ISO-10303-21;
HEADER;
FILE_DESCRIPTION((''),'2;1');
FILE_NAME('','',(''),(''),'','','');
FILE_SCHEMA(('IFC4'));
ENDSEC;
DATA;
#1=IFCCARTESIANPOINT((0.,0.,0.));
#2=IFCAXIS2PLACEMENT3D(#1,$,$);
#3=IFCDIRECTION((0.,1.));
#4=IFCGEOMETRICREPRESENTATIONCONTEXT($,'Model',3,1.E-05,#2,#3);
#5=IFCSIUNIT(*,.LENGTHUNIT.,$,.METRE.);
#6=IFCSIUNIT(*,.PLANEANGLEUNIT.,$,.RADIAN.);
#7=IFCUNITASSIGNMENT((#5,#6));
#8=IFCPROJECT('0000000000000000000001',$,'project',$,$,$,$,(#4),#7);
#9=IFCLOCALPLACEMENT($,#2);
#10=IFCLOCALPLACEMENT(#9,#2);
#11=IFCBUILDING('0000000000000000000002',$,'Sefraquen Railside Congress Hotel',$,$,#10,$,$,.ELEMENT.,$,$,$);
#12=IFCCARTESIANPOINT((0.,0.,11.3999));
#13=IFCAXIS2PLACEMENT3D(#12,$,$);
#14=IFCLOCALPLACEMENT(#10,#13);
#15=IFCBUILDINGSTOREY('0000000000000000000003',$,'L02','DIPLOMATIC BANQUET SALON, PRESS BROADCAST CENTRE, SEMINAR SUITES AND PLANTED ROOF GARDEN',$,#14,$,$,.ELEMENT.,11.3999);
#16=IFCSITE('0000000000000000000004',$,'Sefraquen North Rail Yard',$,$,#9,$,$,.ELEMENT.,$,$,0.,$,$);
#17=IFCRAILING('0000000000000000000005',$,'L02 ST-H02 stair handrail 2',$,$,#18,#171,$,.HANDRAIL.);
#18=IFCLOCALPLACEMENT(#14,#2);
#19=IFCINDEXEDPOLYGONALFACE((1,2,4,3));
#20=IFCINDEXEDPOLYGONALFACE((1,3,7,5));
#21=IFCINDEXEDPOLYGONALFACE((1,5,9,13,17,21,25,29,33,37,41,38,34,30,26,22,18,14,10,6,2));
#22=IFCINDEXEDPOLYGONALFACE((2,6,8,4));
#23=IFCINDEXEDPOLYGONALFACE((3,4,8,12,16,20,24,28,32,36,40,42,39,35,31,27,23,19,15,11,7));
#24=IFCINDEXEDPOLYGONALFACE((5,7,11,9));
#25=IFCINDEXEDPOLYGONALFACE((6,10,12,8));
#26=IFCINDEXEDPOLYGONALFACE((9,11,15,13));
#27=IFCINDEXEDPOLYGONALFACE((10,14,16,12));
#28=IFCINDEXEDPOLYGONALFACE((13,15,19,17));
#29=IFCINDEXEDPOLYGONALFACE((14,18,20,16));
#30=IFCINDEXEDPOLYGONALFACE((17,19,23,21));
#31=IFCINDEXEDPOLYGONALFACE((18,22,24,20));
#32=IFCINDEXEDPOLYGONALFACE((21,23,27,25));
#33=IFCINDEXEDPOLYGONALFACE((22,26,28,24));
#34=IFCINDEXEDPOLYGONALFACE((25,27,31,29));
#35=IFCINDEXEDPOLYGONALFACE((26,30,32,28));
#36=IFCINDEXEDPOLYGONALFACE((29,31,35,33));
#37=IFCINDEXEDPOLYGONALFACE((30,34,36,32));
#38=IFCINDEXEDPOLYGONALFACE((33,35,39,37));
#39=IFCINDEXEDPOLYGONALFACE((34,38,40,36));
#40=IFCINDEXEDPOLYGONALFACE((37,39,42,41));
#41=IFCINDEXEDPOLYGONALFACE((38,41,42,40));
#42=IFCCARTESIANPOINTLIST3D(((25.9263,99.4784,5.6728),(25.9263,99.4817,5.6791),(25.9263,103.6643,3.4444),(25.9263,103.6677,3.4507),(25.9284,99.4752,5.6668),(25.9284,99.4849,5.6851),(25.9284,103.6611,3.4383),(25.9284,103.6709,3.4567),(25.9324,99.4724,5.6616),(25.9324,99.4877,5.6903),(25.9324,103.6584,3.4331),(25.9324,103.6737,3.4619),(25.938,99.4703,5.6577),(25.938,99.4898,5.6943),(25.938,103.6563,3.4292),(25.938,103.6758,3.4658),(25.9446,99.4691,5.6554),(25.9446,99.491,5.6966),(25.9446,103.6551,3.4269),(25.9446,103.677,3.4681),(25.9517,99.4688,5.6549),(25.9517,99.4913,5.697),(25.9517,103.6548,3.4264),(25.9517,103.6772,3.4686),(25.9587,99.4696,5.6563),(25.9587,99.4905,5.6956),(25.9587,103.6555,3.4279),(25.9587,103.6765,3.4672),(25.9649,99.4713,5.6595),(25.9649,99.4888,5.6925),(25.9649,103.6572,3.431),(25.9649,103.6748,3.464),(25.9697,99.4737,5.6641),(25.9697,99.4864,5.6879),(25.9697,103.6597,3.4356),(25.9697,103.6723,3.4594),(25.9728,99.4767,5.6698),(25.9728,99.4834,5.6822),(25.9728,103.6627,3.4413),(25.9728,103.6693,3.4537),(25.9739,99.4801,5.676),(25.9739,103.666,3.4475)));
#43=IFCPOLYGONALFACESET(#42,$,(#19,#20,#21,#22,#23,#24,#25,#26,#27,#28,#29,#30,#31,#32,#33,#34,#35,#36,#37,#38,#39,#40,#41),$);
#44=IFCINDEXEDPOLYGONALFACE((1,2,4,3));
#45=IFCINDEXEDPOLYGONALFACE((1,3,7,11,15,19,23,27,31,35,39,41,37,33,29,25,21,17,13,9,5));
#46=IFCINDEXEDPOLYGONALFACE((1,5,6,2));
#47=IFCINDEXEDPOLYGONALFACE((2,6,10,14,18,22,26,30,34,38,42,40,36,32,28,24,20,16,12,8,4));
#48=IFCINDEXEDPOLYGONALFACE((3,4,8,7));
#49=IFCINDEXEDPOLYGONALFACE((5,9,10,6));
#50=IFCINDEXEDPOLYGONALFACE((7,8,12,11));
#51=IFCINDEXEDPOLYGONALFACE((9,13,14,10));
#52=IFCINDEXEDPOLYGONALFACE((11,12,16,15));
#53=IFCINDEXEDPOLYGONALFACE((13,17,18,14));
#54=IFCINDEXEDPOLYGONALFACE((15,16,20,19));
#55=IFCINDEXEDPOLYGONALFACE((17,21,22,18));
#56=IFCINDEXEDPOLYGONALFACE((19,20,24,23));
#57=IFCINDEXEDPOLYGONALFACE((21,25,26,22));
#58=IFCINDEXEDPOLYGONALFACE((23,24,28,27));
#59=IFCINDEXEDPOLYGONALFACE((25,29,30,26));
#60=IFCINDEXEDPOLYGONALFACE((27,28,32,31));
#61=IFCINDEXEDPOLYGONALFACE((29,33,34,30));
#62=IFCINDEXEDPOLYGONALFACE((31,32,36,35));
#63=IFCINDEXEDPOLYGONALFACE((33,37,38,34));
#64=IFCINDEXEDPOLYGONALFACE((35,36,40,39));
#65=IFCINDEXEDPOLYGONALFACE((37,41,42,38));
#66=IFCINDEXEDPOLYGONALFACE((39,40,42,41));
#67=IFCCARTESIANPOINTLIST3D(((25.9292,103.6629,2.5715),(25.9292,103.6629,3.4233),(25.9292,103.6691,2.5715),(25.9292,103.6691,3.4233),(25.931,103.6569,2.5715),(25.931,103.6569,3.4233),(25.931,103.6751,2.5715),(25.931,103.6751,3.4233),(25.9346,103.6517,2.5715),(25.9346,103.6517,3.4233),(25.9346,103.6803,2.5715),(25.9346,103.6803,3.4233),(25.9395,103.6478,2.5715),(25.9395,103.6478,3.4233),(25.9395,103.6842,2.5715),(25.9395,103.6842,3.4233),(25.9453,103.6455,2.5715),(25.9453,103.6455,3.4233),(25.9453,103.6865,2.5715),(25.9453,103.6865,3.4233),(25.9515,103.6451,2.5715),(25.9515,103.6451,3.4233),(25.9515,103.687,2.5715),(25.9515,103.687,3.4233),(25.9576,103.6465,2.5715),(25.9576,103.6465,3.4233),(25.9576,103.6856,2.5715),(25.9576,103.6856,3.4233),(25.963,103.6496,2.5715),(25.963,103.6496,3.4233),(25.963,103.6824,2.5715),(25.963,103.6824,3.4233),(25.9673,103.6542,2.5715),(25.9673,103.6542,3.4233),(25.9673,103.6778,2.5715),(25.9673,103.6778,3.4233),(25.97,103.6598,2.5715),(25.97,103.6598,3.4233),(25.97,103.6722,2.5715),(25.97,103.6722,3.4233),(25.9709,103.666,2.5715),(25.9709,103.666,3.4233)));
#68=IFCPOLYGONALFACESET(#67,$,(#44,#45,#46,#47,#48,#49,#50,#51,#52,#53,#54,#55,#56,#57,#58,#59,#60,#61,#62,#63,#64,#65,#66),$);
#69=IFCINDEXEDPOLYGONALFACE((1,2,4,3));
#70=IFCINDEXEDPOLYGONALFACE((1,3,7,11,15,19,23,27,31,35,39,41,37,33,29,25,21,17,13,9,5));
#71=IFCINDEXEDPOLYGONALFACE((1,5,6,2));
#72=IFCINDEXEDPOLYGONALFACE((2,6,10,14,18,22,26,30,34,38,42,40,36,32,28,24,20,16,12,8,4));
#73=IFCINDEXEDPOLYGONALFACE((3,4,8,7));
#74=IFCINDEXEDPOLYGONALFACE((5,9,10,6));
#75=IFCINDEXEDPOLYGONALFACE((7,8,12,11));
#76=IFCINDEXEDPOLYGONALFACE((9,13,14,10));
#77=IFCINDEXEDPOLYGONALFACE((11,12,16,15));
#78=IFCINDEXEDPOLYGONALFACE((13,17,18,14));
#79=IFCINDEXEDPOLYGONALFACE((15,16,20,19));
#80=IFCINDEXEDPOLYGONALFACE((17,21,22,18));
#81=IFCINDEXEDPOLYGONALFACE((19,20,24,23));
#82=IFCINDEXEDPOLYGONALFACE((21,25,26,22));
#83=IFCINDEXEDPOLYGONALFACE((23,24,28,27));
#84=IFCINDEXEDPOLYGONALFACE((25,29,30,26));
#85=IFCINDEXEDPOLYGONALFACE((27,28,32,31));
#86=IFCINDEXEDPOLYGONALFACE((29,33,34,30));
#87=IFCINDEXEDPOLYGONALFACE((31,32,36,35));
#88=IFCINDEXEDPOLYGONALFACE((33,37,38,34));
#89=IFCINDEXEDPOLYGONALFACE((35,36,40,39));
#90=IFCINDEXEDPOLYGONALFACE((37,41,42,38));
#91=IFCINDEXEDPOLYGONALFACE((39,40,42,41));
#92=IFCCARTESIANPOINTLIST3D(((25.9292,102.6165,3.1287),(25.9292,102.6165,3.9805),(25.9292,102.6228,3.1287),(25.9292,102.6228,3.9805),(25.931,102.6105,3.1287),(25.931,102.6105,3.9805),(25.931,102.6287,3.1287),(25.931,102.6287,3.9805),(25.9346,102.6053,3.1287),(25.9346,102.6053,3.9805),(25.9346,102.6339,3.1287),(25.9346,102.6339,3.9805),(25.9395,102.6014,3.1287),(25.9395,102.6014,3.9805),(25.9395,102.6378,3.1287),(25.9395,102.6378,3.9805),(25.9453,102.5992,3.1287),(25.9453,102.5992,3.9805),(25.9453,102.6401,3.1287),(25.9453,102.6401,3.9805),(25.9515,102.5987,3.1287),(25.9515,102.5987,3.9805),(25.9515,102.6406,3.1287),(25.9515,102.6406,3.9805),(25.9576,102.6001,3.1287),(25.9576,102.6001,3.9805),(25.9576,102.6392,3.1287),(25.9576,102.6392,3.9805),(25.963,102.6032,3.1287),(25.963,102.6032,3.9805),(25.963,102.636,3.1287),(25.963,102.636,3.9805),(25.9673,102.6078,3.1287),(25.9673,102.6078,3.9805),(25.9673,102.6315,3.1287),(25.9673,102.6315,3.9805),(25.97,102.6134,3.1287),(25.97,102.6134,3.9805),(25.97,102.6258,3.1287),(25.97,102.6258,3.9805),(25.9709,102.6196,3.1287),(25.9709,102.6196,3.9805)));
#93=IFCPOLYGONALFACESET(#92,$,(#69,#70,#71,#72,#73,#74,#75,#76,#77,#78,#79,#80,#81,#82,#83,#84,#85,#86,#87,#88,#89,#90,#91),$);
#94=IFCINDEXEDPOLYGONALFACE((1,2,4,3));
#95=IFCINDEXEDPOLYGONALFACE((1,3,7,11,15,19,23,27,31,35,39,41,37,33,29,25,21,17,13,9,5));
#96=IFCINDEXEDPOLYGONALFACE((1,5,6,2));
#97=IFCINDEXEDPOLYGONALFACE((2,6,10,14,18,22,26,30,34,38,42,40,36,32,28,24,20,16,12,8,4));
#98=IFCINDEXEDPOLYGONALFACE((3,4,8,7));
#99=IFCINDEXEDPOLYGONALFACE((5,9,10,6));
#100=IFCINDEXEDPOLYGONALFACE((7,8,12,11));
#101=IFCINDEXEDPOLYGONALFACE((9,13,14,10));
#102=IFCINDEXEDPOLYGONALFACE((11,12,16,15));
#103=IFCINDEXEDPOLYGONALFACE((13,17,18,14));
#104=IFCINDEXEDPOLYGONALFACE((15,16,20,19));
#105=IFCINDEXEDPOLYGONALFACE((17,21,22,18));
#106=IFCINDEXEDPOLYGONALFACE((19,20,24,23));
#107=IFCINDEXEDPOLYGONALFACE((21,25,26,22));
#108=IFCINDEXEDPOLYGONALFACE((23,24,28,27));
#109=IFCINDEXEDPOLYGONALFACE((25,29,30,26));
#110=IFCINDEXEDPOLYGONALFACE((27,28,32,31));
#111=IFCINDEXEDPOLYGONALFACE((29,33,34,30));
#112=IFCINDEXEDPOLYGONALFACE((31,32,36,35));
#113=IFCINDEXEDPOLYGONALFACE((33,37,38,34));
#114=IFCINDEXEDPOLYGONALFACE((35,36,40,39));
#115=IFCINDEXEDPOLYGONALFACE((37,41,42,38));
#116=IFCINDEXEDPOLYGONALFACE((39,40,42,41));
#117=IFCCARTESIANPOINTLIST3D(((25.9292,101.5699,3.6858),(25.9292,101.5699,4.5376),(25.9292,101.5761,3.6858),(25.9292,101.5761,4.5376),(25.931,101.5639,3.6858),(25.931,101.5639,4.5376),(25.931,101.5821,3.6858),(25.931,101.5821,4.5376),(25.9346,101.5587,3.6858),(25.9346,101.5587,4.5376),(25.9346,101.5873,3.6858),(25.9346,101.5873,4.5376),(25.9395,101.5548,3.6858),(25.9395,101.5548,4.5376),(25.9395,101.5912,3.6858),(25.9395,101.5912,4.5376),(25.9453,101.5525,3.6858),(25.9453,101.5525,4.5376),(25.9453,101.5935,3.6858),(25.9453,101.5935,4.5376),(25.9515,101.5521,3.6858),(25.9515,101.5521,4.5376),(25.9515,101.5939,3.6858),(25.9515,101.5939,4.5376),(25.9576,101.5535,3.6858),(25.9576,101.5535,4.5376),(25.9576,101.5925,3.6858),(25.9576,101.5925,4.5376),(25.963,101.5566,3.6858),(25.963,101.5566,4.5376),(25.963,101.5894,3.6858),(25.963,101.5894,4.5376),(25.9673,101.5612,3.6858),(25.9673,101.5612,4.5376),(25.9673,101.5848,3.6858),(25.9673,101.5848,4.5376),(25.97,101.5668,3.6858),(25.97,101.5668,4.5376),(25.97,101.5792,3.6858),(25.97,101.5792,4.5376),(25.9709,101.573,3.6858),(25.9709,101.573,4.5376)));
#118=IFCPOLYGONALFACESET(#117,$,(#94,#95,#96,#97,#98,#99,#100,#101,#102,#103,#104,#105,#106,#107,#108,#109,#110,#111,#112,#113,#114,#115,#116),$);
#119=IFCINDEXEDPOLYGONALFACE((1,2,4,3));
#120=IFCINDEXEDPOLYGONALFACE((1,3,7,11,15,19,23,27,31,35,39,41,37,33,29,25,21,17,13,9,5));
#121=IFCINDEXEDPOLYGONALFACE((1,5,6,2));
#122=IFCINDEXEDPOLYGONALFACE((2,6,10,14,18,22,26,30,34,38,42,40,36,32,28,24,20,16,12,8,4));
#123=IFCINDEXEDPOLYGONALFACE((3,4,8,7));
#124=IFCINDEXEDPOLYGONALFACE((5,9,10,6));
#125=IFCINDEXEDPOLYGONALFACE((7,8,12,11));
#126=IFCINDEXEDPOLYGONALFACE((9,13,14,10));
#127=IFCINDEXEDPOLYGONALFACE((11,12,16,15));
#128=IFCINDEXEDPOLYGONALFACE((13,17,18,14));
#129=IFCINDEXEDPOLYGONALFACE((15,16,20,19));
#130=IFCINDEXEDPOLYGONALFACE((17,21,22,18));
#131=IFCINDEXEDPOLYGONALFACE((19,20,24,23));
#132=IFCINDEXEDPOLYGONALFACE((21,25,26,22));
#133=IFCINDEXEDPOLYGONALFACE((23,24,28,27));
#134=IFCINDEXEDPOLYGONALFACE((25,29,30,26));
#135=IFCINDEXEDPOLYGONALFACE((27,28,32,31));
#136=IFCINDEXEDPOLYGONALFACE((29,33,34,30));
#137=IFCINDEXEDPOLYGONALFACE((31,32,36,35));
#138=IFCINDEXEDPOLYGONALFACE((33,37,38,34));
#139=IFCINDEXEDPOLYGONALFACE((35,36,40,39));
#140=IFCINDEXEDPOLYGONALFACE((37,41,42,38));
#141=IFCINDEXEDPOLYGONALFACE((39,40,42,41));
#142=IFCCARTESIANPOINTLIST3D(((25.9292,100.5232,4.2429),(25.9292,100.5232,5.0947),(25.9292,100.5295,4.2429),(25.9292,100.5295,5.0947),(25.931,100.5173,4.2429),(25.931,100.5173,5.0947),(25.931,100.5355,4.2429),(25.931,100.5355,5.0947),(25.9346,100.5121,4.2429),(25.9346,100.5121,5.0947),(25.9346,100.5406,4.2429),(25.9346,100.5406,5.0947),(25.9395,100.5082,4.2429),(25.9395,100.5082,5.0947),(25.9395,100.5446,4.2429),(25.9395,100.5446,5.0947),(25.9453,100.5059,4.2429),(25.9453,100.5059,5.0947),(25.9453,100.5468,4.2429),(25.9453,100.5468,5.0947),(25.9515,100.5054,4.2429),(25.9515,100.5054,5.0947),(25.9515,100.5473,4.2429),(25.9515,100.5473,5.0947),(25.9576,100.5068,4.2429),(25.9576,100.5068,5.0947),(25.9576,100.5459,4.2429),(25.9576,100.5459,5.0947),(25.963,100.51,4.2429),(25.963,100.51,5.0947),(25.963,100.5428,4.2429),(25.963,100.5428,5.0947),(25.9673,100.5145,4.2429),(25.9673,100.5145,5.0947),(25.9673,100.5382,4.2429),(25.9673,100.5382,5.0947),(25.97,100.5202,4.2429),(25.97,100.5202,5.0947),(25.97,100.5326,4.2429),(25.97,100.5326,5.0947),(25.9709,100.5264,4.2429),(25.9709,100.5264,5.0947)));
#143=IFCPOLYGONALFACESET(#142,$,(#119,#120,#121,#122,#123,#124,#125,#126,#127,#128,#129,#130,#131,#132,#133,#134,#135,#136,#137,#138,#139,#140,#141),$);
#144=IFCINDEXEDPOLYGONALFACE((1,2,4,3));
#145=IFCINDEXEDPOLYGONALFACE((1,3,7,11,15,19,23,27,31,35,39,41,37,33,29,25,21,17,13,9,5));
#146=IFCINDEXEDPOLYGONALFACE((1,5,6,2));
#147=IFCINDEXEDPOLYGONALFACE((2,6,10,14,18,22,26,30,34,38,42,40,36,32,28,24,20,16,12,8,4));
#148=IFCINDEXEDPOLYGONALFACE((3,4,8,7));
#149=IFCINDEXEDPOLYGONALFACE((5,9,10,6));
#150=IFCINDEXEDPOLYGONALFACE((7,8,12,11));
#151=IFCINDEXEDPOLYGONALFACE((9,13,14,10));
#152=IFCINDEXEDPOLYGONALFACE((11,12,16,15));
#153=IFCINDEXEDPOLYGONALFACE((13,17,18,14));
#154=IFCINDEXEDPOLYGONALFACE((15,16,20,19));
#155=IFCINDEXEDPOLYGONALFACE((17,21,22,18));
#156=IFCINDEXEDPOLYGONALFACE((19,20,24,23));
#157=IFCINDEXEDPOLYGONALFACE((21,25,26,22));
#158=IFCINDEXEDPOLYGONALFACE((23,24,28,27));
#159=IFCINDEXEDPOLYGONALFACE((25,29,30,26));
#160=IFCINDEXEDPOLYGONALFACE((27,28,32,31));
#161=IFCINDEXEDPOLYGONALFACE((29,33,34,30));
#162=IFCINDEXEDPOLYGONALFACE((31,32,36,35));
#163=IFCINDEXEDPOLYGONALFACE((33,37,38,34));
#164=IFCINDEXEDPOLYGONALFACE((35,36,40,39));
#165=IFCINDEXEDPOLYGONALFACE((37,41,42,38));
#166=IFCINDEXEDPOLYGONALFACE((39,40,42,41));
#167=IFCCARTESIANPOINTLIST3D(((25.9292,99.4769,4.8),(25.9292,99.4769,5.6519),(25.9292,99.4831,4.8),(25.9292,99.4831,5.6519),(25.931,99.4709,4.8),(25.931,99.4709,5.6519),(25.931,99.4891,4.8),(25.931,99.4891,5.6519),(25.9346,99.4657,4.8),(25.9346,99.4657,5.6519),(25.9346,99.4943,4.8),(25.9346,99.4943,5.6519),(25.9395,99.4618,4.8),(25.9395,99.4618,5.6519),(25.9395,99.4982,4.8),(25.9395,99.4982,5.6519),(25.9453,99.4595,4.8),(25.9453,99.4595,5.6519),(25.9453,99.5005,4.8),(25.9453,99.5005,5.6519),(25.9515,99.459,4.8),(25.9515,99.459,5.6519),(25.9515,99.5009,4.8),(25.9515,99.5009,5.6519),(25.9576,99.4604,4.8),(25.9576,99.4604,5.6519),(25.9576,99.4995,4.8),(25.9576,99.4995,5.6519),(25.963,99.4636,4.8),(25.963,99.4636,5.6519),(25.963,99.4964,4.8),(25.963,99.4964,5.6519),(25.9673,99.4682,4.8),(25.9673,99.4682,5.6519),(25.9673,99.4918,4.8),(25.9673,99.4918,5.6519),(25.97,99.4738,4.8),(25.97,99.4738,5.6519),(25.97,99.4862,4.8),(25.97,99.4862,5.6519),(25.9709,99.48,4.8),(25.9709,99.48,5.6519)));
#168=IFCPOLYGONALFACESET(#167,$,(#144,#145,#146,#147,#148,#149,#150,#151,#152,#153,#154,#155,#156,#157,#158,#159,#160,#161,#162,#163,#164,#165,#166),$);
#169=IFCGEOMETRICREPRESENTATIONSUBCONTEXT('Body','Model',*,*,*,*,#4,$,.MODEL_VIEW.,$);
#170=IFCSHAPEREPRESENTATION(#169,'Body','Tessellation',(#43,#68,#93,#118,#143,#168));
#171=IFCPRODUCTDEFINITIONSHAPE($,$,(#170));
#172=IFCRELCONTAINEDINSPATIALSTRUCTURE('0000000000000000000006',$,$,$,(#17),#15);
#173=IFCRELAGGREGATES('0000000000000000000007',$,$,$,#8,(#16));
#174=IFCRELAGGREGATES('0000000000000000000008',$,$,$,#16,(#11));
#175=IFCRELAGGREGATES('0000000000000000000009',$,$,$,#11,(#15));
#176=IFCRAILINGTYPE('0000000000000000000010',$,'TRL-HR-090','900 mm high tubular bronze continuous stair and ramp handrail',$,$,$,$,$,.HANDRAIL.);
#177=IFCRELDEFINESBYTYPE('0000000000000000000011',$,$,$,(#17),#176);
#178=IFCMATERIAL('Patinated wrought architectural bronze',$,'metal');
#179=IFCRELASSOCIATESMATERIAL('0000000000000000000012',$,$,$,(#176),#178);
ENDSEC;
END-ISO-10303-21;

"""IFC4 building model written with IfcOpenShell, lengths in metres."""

from ifc_helpers import new_model, si_unit, direction, frame, origin, origin_2d, place, context, subcontext, project, spatial, circle, extrude, material, type_object, element, save


model = new_model("IFC4")

# Units and contexts
model_context = context("Model", 3, precision=1e-05, world=origin(), true_north=direction((0.0, 1.0)))
body_context = subcontext(model_context, "Body", "Model", "MODEL_VIEW")
ifc_project = project(units=[si_unit("LENGTHUNIT", "METRE"), si_unit("PLANEANGLEUNIT", "RADIAN")], contexts=[model_context])

# Site, building, storey
site_placement = place(None, origin())
site = spatial("IfcSite", under=ifc_project, at=site_placement, Name="Sefraquen North Rail Yard", CompositionType="ELEMENT", RefElevation=0.0)
building_placement = place(site_placement, origin())
building = spatial("IfcBuilding", under=site, at=building_placement, Name="Sefraquen Railside Congress Hotel", CompositionType="ELEMENT")
storey_placement = place(building_placement, frame((0.0, 0.0, 11.3999)))
storey = spatial("IfcBuildingStorey", under=building, at=storey_placement, Name="L02", Description="DIPLOMATIC BANQUET SALON, PRESS BROADCAST CENTRE, SEMINAR SUITES AND PLANTED ROOF GARDEN", CompositionType="ELEMENT", Elevation=11.3999)

# Railing
ifc_material_1 = material(Name="Patinated wrought architectural bronze", Category="metal")
railing_type_1 = type_object("IfcRailingType", Name="TRL-HR-090", Description="900 mm high tubular bronze continuous stair and ramp handrail", PredefinedType="HANDRAIL", material=ifc_material_1)
railing_1_placement = place(storey_placement, frame((25.95, 103.666, 2.5715)))
element("IfcRailing", 1, at=railing_1_placement, inside=storey, type_object=railing_type_1, Name="L02 ST-H02 stair handrail 2", PredefinedType="HANDRAIL", context=body_context, shape_type="SweptSolid", body=[
    extrude(circle(Radius=0.0239, at=origin_2d()), frame((0.0, 0.0, 0.876), z_axis=(0.0, -0.882706, 0.469925), x_axis=(1.0, 0.0, 0.0)), (0.0, 0.0, 1.0), 4.7422),
    extrude(circle(Radius=0.021, at=origin_2d()), origin(), (0.0, 0.0, 1.0), 0.8518),
    extrude(circle(Radius=0.021, at=origin_2d()), frame((0.0, -1.0464, 0.5571)), (0.0, 0.0, 1.0), 0.8518),
    extrude(circle(Radius=0.021, at=origin_2d()), frame((0.0, -2.093, 1.1143)), (0.0, 0.0, 1.0), 0.8518),
    extrude(circle(Radius=0.021, at=origin_2d()), frame((0.0, -3.1396, 1.6714)), (0.0, 0.0, 1.0), 0.8518),
    extrude(circle(Radius=0.021, at=origin_2d()), frame((0.0, -4.186, 2.2285)), (0.0, 0.0, 1.0), 0.8518),
])

save(model, "model.ifc")
